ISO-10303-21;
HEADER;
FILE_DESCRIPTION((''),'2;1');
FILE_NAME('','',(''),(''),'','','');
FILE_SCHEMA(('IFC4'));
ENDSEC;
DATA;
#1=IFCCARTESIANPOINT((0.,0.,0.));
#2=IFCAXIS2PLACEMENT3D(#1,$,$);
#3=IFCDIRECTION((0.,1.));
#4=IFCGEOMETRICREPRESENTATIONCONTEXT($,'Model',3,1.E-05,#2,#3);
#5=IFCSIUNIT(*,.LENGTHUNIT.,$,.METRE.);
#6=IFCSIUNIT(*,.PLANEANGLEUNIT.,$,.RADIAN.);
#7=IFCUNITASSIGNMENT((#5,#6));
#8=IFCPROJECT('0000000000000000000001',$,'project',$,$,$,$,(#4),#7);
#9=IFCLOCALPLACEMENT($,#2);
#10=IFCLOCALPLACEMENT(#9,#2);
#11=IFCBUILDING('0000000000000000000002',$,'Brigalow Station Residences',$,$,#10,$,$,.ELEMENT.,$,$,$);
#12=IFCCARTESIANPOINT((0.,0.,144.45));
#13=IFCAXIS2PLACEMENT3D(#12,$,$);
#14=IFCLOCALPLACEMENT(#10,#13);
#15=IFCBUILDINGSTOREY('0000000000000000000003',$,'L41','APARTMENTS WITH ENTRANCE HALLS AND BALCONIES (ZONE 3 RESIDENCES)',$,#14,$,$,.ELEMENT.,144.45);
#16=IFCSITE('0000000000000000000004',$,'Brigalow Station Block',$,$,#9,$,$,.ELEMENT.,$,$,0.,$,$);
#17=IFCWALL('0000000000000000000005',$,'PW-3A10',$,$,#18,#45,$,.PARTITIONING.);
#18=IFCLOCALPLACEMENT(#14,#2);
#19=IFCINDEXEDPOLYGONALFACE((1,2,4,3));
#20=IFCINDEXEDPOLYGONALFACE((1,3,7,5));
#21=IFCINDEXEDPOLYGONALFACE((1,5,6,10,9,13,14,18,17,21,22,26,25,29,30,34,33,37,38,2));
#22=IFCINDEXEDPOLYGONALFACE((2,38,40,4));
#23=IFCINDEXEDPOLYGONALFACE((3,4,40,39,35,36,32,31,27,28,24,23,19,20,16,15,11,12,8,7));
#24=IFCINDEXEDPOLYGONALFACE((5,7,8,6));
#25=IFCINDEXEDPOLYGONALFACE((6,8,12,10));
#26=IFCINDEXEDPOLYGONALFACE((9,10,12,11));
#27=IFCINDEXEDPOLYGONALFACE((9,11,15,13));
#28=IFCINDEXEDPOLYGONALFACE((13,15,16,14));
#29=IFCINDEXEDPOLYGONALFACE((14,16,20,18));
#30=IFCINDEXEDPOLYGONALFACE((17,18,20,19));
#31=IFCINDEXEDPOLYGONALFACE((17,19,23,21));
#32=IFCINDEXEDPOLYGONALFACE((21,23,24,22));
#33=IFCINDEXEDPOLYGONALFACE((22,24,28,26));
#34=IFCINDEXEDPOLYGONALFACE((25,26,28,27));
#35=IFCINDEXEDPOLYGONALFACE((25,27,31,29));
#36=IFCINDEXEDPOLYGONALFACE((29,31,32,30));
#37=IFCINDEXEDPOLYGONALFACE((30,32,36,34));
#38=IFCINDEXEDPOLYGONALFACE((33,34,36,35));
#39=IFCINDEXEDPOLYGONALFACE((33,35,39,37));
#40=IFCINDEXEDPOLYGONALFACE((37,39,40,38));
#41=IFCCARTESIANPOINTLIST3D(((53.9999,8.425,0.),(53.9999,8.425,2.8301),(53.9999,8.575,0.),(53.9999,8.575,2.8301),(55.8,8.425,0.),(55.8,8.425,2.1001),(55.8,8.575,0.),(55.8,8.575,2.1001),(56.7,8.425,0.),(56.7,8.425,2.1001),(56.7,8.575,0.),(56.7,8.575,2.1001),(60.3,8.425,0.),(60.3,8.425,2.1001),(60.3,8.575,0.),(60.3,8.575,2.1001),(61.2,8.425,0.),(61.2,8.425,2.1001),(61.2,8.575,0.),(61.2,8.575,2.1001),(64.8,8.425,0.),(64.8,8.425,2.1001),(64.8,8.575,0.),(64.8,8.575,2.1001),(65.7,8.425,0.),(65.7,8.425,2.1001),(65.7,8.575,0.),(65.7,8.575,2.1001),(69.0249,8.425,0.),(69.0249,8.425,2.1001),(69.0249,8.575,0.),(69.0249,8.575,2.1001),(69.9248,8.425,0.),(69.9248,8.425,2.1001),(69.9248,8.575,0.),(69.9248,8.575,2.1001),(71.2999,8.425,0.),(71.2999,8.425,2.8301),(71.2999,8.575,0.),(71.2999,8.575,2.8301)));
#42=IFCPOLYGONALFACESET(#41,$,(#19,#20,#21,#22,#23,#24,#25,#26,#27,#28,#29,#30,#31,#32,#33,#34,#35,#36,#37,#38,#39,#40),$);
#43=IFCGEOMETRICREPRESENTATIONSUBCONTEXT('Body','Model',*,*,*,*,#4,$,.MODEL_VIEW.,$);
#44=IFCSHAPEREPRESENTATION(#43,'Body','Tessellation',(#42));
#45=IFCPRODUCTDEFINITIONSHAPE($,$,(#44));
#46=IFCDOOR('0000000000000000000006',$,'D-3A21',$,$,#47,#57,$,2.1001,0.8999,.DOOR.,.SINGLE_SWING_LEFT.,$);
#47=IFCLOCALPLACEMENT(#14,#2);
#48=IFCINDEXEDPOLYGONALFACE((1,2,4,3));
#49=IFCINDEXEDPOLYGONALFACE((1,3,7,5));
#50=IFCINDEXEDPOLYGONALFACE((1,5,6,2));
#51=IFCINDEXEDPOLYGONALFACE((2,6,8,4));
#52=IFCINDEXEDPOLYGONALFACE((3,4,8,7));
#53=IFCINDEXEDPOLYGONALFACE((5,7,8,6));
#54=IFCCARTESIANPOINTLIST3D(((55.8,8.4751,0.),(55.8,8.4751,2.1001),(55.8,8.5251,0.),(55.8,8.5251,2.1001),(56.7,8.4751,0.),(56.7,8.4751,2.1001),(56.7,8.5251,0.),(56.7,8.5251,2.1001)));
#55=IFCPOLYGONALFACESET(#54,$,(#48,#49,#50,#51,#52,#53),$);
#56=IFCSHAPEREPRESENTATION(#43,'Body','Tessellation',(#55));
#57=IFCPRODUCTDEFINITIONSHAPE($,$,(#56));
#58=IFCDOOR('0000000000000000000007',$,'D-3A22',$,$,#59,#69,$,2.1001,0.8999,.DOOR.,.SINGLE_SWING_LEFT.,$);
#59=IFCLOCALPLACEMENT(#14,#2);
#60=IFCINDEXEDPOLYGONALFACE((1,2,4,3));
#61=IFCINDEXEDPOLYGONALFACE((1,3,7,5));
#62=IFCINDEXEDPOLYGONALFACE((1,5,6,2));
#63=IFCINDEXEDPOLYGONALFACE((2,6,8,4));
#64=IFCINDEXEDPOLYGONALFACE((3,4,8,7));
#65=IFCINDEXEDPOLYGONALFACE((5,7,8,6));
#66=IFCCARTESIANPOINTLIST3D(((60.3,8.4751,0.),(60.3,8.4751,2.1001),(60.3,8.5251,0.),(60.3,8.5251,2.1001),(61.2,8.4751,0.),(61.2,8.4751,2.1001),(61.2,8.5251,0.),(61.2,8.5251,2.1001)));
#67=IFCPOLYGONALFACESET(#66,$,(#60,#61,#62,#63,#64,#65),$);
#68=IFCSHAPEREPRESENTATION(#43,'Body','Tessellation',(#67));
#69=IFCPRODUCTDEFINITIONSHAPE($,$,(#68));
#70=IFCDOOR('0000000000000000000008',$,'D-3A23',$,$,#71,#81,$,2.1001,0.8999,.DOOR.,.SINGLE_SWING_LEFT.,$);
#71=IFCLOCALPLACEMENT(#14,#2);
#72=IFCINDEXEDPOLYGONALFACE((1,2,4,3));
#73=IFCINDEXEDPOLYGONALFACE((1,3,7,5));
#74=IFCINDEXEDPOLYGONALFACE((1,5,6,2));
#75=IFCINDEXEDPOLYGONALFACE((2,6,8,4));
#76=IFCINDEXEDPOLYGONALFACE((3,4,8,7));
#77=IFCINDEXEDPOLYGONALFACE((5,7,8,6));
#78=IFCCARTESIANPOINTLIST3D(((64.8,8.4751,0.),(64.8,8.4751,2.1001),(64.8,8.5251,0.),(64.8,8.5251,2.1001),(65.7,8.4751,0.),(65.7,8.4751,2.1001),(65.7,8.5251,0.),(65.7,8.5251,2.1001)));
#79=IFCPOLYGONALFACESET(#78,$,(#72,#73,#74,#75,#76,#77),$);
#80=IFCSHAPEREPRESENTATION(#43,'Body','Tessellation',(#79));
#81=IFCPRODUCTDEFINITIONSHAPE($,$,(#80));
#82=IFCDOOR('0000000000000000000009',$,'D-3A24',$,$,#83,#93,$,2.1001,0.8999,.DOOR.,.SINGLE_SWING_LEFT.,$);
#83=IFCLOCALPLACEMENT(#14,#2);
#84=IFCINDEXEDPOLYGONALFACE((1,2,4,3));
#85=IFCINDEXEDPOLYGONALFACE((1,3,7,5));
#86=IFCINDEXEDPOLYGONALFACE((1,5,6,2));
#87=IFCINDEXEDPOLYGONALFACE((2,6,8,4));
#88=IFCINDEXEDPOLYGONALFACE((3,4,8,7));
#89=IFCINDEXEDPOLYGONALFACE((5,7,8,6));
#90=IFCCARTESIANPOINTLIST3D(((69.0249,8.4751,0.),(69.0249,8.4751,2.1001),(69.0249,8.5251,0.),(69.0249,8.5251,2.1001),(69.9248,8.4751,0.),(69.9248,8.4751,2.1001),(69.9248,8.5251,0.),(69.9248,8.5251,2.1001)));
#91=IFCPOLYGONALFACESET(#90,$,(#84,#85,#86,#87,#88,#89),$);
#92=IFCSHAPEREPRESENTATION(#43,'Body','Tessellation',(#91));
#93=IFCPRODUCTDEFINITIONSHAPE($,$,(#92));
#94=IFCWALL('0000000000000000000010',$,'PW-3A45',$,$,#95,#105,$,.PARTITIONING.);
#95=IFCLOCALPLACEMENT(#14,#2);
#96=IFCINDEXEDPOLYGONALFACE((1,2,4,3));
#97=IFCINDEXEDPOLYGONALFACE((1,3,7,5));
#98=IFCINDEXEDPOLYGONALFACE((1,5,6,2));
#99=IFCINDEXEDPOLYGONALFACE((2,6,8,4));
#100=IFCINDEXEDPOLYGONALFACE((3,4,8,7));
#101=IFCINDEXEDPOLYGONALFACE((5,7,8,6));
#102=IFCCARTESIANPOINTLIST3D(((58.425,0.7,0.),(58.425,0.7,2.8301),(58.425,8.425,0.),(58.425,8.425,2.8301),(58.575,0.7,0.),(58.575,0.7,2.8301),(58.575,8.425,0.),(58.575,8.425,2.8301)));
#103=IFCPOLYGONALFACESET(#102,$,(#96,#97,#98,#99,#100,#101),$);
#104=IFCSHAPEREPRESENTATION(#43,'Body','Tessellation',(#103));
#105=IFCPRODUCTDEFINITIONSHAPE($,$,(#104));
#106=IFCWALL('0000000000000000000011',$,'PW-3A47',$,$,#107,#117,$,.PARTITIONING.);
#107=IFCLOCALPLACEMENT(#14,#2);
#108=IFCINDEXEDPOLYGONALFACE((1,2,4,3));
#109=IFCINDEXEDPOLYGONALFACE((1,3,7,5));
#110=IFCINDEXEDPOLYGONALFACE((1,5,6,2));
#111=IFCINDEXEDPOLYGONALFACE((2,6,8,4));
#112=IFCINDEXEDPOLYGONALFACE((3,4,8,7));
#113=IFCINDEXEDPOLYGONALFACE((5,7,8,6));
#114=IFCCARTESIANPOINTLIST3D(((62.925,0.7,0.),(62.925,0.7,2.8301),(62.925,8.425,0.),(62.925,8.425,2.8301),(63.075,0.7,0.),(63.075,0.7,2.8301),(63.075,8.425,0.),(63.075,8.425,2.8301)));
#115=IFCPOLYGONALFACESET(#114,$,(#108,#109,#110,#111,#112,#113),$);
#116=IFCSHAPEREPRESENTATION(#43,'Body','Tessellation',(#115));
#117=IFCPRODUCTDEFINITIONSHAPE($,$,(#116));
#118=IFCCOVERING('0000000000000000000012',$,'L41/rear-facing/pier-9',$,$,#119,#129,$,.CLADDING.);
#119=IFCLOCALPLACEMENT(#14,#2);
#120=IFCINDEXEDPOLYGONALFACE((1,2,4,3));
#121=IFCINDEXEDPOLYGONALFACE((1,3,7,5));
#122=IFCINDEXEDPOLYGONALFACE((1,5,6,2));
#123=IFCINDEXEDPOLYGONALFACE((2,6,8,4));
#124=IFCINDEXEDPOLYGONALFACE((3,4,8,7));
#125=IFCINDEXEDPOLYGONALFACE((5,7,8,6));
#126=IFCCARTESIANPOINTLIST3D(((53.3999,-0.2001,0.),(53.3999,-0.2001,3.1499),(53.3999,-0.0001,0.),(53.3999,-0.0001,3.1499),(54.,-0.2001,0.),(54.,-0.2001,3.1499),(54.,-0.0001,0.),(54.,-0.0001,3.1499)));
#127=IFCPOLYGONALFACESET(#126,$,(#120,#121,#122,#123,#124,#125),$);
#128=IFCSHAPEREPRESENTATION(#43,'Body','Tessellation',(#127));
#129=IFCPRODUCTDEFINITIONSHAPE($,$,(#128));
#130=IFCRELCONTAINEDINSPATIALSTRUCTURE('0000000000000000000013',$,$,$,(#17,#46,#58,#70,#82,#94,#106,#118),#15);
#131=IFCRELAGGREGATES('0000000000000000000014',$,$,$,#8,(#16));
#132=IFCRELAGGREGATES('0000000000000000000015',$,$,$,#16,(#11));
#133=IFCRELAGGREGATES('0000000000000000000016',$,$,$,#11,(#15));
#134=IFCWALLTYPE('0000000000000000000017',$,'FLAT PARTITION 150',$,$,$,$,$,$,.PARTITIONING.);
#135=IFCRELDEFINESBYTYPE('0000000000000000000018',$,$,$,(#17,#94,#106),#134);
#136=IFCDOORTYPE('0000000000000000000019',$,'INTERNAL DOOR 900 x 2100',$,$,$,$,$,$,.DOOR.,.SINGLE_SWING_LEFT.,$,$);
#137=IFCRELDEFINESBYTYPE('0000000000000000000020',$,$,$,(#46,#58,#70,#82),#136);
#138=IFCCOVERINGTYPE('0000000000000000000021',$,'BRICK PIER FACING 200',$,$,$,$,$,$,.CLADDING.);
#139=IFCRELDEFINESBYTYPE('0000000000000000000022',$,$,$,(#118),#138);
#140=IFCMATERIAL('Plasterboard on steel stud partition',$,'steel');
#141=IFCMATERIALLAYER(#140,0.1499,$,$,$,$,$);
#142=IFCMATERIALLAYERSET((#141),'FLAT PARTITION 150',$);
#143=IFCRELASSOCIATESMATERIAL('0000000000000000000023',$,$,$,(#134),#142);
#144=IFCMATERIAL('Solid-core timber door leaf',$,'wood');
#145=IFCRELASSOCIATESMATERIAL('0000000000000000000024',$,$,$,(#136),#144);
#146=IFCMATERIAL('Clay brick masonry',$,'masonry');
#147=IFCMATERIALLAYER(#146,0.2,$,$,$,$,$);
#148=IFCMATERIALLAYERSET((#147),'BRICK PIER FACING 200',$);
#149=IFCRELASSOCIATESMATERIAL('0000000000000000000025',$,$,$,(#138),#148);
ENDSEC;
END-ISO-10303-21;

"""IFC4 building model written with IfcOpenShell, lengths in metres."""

from ifc_helpers import new_model, si_unit, direction, frame, frame_2d, origin, origin_2d, place, context, subcontext, project, spatial, rectangle, extrude, material, layer, layer_set, type_object, element, fill, save


model = new_model("IFC4")

# Units and contexts
model_context = context("Model", 3, precision=1e-05, world=origin(), true_north=direction((0.0, 1.0)))
body_context = subcontext(model_context, "Body", "Model", "MODEL_VIEW")
ifc_project = project(units=[si_unit("LENGTHUNIT", "METRE"), si_unit("PLANEANGLEUNIT", "RADIAN")], contexts=[model_context])

# Site, building, storey
site_placement = place(None, origin())
site = spatial("IfcSite", under=ifc_project, at=site_placement, Name="Brigalow Station Block", CompositionType="ELEMENT", RefElevation=0.0)
building_placement = place(site_placement, origin())
building = spatial("IfcBuilding", under=site, at=building_placement, Name="Brigalow Station Residences", CompositionType="ELEMENT")
storey_placement = place(building_placement, frame((0.0, 0.0, 144.45)))
storey = spatial("IfcBuildingStorey", under=building, at=storey_placement, Name="L41", Description="APARTMENTS WITH ENTRANCE HALLS AND BALCONIES (ZONE 3 RESIDENCES)", CompositionType="ELEMENT", Elevation=144.45)

# Wall, openings, doors
ifc_material_1 = material(Name="Plasterboard on steel stud partition", Category="steel")
ifc_layer_1 = layer(ifc_material_1, 0.1499)
ifc_layer_set_1 = layer_set([ifc_layer_1], Name="FLAT PARTITION 150")
wall_type_1 = type_object("IfcWallType", Name="FLAT PARTITION 150", PredefinedType="PARTITIONING", material=ifc_layer_set_1)
wall_1_placement = place(storey_placement, frame((54.0, 8.5, 0.0), z_axis=(0.0, 0.0, 1.0), x_axis=(1.0, 0.0, 0.0)))
wall_1 = element("IfcWall", 1, at=wall_1_placement, inside=storey, type_object=wall_type_1, Name="PW-3A10", PredefinedType="PARTITIONING", context=body_context, shape_type="SweptSolid", body=[
    extrude(rectangle(XDim=17.3, YDim=0.1499, at=frame_2d((8.6499, 0.0))), origin(), (0.0, 0.0, 1.0), 2.8301),
])
opening_1_placement = place(wall_1_placement, frame((1.8, 0.0, 0.0)))
opening_1 = element("IfcOpeningElement", 2, at=opening_1_placement, cuts=wall_1, PredefinedType="OPENING", context=body_context, shape_type="SweptSolid", body=[
    extrude(rectangle(XDim=0.8999, YDim=2.1001, at=frame_2d((0.45, 1.05))), frame((0.0, 0.085, 0.0), z_axis=(0.0, -1.0, 0.0), x_axis=(1.0, 0.0, 0.0)), (0.0, 0.0, 1.0), 0.1699),
])
opening_2_placement = place(wall_1_placement, frame((6.3, 0.0, 0.0)))
opening_2 = element("IfcOpeningElement", 3, at=opening_2_placement, cuts=wall_1, PredefinedType="OPENING", context=body_context, shape_type="SweptSolid", body=[
    extrude(rectangle(XDim=0.8999, YDim=2.1001, at=frame_2d((0.45, 1.05))), frame((0.0, 0.085, 0.0), z_axis=(0.0, -1.0, 0.0), x_axis=(1.0, 0.0, 0.0)), (0.0, 0.0, 1.0), 0.1699),
])
opening_3_placement = place(wall_1_placement, frame((10.8, 0.0, 0.0)))
opening_3 = element("IfcOpeningElement", 4, at=opening_3_placement, cuts=wall_1, PredefinedType="OPENING", context=body_context, shape_type="SweptSolid", body=[
    extrude(rectangle(XDim=0.8999, YDim=2.1001, at=frame_2d((0.45, 1.05))), frame((0.0, 0.085, 0.0), z_axis=(0.0, -1.0, 0.0), x_axis=(1.0, 0.0, 0.0)), (0.0, 0.0, 1.0), 0.1699),
])
opening_4_placement = place(wall_1_placement, frame((15.0249, 0.0, 0.0)))
opening_4 = element("IfcOpeningElement", 5, at=opening_4_placement, cuts=wall_1, PredefinedType="OPENING", context=body_context, shape_type="SweptSolid", body=[
    extrude(rectangle(XDim=0.8999, YDim=2.1001, at=frame_2d((0.45, 1.05))), frame((0.0, 0.085, 0.0), z_axis=(0.0, -1.0, 0.0), x_axis=(1.0, 0.0, 0.0)), (0.0, 0.0, 1.0), 0.1699),
])
ifc_material_2 = material(Name="Solid-core timber door leaf", Category="wood")
door_type = type_object("IfcDoorType", Name="INTERNAL DOOR 900 x 2100", OperationType="SINGLE_SWING_LEFT", PredefinedType="DOOR", material=ifc_material_2)
door_1_placement = place(opening_1_placement, frame((0.8999, 0.0, 0.0), z_axis=(0.0, 0.0, 1.0), x_axis=(-1.0, 0.0, 0.0)))
door_1 = element("IfcDoor", 6, at=door_1_placement, inside=storey, type_object=door_type, Name="D-3A21", OperationType="SINGLE_SWING_LEFT", OverallHeight=2.1001, OverallWidth=0.8999, PredefinedType="DOOR", context=body_context, shape_type="SweptSolid", body=[
    extrude(rectangle(XDim=0.8999, YDim=2.1001, at=frame_2d((0.45, 1.05))), frame((0.0, 0.0249, 0.0), z_axis=(0.0, -1.0, 0.0), x_axis=(1.0, 0.0, 0.0)), (0.0, 0.0, 1.0), 0.05),
])
fill(opening_1, door_1)
door_2_placement = place(opening_2_placement, frame((0.8999, 0.0, 0.0), z_axis=(0.0, 0.0, 1.0), x_axis=(-1.0, 0.0, 0.0)))
door_2 = element("IfcDoor", 7, at=door_2_placement, inside=storey, type_object=door_type, Name="D-3A22", OperationType="SINGLE_SWING_LEFT", OverallHeight=2.1001, OverallWidth=0.8999, PredefinedType="DOOR", context=body_context, shape_type="SweptSolid", body=[
    extrude(rectangle(XDim=0.8999, YDim=2.1001, at=frame_2d((0.45, 1.05))), frame((0.0, 0.0249, 0.0), z_axis=(0.0, -1.0, 0.0), x_axis=(1.0, 0.0, 0.0)), (0.0, 0.0, 1.0), 0.05),
])
fill(opening_2, door_2)
door_3_placement = place(opening_3_placement, frame((0.8999, 0.0, 0.0), z_axis=(0.0, 0.0, 1.0), x_axis=(-1.0, 0.0, 0.0)))
door_3 = element("IfcDoor", 8, at=door_3_placement, inside=storey, type_object=door_type, Name="D-3A23", OperationType="SINGLE_SWING_LEFT", OverallHeight=2.1001, OverallWidth=0.8999, PredefinedType="DOOR", context=body_context, shape_type="SweptSolid", body=[
    extrude(rectangle(XDim=0.8999, YDim=2.1001, at=frame_2d((0.45, 1.05))), frame((0.0, 0.0249, 0.0), z_axis=(0.0, -1.0, 0.0), x_axis=(1.0, 0.0, 0.0)), (0.0, 0.0, 1.0), 0.05),
])
fill(opening_3, door_3)
door_4_placement = place(opening_4_placement, frame((0.8999, 0.0, 0.0), z_axis=(0.0, 0.0, 1.0), x_axis=(-1.0, 0.0, 0.0)))
door_4 = element("IfcDoor", 9, at=door_4_placement, inside=storey, type_object=door_type, Name="D-3A24", OperationType="SINGLE_SWING_LEFT", OverallHeight=2.1001, OverallWidth=0.8999, PredefinedType="DOOR", context=body_context, shape_type="SweptSolid", body=[
    extrude(rectangle(XDim=0.8999, YDim=2.1001, at=frame_2d((0.45, 1.05))), frame((0.0, 0.0249, 0.0), z_axis=(0.0, -1.0, 0.0), x_axis=(1.0, 0.0, 0.0)), (0.0, 0.0, 1.0), 0.05),
])
fill(opening_4, door_4)

# Walls
for number, where, z_axis, x_axis, name in (
    (10, (58.5, 0.7, 0.0), (0.0, 0.0, 1.0), (0.0, 1.0, 0.0), "PW-3A45"),
    (11, (63.0, 0.7, 0.0), (0.0, 0.0, 1.0), (0.0, 1.0, 0.0), "PW-3A47"),
):
    element("IfcWall", number, at=place(storey_placement, frame(where, z_axis=z_axis, x_axis=x_axis)), inside=storey, type_object=wall_type_1, Name=name, PredefinedType="PARTITIONING", context=body_context, shape_type="SweptSolid", body=[
        extrude(rectangle(XDim=7.7251, YDim=0.1499, at=frame_2d((3.8625, 0.0))), origin(), (0.0, 0.0, 1.0), 2.8301),
    ])

# Covering
ifc_material_3 = material(Name="Clay brick masonry", Category="masonry")
ifc_layer_2 = layer(ifc_material_3, 0.2)
ifc_layer_set_2 = layer_set([ifc_layer_2], Name="BRICK PIER FACING 200")
covering_type = type_object("IfcCoveringType", Name="BRICK PIER FACING 200", PredefinedType="CLADDING", material=ifc_layer_set_2)
covering_placement = place(storey_placement, frame((53.7, -0.1001, 0.0), z_axis=(0.0, 0.0, 1.0), x_axis=(1.0, 0.0, 0.0)))
element("IfcCovering", 12, at=covering_placement, inside=storey, type_object=covering_type, Name="L41/rear-facing/pier-9", PredefinedType="CLADDING", context=body_context, shape_type="SweptSolid", body=[
    extrude(rectangle(XDim=0.6001, YDim=0.2, at=origin_2d()), origin(), (0.0, 0.0, 1.0), 3.1499),
])

save(model, "model.ifc")
